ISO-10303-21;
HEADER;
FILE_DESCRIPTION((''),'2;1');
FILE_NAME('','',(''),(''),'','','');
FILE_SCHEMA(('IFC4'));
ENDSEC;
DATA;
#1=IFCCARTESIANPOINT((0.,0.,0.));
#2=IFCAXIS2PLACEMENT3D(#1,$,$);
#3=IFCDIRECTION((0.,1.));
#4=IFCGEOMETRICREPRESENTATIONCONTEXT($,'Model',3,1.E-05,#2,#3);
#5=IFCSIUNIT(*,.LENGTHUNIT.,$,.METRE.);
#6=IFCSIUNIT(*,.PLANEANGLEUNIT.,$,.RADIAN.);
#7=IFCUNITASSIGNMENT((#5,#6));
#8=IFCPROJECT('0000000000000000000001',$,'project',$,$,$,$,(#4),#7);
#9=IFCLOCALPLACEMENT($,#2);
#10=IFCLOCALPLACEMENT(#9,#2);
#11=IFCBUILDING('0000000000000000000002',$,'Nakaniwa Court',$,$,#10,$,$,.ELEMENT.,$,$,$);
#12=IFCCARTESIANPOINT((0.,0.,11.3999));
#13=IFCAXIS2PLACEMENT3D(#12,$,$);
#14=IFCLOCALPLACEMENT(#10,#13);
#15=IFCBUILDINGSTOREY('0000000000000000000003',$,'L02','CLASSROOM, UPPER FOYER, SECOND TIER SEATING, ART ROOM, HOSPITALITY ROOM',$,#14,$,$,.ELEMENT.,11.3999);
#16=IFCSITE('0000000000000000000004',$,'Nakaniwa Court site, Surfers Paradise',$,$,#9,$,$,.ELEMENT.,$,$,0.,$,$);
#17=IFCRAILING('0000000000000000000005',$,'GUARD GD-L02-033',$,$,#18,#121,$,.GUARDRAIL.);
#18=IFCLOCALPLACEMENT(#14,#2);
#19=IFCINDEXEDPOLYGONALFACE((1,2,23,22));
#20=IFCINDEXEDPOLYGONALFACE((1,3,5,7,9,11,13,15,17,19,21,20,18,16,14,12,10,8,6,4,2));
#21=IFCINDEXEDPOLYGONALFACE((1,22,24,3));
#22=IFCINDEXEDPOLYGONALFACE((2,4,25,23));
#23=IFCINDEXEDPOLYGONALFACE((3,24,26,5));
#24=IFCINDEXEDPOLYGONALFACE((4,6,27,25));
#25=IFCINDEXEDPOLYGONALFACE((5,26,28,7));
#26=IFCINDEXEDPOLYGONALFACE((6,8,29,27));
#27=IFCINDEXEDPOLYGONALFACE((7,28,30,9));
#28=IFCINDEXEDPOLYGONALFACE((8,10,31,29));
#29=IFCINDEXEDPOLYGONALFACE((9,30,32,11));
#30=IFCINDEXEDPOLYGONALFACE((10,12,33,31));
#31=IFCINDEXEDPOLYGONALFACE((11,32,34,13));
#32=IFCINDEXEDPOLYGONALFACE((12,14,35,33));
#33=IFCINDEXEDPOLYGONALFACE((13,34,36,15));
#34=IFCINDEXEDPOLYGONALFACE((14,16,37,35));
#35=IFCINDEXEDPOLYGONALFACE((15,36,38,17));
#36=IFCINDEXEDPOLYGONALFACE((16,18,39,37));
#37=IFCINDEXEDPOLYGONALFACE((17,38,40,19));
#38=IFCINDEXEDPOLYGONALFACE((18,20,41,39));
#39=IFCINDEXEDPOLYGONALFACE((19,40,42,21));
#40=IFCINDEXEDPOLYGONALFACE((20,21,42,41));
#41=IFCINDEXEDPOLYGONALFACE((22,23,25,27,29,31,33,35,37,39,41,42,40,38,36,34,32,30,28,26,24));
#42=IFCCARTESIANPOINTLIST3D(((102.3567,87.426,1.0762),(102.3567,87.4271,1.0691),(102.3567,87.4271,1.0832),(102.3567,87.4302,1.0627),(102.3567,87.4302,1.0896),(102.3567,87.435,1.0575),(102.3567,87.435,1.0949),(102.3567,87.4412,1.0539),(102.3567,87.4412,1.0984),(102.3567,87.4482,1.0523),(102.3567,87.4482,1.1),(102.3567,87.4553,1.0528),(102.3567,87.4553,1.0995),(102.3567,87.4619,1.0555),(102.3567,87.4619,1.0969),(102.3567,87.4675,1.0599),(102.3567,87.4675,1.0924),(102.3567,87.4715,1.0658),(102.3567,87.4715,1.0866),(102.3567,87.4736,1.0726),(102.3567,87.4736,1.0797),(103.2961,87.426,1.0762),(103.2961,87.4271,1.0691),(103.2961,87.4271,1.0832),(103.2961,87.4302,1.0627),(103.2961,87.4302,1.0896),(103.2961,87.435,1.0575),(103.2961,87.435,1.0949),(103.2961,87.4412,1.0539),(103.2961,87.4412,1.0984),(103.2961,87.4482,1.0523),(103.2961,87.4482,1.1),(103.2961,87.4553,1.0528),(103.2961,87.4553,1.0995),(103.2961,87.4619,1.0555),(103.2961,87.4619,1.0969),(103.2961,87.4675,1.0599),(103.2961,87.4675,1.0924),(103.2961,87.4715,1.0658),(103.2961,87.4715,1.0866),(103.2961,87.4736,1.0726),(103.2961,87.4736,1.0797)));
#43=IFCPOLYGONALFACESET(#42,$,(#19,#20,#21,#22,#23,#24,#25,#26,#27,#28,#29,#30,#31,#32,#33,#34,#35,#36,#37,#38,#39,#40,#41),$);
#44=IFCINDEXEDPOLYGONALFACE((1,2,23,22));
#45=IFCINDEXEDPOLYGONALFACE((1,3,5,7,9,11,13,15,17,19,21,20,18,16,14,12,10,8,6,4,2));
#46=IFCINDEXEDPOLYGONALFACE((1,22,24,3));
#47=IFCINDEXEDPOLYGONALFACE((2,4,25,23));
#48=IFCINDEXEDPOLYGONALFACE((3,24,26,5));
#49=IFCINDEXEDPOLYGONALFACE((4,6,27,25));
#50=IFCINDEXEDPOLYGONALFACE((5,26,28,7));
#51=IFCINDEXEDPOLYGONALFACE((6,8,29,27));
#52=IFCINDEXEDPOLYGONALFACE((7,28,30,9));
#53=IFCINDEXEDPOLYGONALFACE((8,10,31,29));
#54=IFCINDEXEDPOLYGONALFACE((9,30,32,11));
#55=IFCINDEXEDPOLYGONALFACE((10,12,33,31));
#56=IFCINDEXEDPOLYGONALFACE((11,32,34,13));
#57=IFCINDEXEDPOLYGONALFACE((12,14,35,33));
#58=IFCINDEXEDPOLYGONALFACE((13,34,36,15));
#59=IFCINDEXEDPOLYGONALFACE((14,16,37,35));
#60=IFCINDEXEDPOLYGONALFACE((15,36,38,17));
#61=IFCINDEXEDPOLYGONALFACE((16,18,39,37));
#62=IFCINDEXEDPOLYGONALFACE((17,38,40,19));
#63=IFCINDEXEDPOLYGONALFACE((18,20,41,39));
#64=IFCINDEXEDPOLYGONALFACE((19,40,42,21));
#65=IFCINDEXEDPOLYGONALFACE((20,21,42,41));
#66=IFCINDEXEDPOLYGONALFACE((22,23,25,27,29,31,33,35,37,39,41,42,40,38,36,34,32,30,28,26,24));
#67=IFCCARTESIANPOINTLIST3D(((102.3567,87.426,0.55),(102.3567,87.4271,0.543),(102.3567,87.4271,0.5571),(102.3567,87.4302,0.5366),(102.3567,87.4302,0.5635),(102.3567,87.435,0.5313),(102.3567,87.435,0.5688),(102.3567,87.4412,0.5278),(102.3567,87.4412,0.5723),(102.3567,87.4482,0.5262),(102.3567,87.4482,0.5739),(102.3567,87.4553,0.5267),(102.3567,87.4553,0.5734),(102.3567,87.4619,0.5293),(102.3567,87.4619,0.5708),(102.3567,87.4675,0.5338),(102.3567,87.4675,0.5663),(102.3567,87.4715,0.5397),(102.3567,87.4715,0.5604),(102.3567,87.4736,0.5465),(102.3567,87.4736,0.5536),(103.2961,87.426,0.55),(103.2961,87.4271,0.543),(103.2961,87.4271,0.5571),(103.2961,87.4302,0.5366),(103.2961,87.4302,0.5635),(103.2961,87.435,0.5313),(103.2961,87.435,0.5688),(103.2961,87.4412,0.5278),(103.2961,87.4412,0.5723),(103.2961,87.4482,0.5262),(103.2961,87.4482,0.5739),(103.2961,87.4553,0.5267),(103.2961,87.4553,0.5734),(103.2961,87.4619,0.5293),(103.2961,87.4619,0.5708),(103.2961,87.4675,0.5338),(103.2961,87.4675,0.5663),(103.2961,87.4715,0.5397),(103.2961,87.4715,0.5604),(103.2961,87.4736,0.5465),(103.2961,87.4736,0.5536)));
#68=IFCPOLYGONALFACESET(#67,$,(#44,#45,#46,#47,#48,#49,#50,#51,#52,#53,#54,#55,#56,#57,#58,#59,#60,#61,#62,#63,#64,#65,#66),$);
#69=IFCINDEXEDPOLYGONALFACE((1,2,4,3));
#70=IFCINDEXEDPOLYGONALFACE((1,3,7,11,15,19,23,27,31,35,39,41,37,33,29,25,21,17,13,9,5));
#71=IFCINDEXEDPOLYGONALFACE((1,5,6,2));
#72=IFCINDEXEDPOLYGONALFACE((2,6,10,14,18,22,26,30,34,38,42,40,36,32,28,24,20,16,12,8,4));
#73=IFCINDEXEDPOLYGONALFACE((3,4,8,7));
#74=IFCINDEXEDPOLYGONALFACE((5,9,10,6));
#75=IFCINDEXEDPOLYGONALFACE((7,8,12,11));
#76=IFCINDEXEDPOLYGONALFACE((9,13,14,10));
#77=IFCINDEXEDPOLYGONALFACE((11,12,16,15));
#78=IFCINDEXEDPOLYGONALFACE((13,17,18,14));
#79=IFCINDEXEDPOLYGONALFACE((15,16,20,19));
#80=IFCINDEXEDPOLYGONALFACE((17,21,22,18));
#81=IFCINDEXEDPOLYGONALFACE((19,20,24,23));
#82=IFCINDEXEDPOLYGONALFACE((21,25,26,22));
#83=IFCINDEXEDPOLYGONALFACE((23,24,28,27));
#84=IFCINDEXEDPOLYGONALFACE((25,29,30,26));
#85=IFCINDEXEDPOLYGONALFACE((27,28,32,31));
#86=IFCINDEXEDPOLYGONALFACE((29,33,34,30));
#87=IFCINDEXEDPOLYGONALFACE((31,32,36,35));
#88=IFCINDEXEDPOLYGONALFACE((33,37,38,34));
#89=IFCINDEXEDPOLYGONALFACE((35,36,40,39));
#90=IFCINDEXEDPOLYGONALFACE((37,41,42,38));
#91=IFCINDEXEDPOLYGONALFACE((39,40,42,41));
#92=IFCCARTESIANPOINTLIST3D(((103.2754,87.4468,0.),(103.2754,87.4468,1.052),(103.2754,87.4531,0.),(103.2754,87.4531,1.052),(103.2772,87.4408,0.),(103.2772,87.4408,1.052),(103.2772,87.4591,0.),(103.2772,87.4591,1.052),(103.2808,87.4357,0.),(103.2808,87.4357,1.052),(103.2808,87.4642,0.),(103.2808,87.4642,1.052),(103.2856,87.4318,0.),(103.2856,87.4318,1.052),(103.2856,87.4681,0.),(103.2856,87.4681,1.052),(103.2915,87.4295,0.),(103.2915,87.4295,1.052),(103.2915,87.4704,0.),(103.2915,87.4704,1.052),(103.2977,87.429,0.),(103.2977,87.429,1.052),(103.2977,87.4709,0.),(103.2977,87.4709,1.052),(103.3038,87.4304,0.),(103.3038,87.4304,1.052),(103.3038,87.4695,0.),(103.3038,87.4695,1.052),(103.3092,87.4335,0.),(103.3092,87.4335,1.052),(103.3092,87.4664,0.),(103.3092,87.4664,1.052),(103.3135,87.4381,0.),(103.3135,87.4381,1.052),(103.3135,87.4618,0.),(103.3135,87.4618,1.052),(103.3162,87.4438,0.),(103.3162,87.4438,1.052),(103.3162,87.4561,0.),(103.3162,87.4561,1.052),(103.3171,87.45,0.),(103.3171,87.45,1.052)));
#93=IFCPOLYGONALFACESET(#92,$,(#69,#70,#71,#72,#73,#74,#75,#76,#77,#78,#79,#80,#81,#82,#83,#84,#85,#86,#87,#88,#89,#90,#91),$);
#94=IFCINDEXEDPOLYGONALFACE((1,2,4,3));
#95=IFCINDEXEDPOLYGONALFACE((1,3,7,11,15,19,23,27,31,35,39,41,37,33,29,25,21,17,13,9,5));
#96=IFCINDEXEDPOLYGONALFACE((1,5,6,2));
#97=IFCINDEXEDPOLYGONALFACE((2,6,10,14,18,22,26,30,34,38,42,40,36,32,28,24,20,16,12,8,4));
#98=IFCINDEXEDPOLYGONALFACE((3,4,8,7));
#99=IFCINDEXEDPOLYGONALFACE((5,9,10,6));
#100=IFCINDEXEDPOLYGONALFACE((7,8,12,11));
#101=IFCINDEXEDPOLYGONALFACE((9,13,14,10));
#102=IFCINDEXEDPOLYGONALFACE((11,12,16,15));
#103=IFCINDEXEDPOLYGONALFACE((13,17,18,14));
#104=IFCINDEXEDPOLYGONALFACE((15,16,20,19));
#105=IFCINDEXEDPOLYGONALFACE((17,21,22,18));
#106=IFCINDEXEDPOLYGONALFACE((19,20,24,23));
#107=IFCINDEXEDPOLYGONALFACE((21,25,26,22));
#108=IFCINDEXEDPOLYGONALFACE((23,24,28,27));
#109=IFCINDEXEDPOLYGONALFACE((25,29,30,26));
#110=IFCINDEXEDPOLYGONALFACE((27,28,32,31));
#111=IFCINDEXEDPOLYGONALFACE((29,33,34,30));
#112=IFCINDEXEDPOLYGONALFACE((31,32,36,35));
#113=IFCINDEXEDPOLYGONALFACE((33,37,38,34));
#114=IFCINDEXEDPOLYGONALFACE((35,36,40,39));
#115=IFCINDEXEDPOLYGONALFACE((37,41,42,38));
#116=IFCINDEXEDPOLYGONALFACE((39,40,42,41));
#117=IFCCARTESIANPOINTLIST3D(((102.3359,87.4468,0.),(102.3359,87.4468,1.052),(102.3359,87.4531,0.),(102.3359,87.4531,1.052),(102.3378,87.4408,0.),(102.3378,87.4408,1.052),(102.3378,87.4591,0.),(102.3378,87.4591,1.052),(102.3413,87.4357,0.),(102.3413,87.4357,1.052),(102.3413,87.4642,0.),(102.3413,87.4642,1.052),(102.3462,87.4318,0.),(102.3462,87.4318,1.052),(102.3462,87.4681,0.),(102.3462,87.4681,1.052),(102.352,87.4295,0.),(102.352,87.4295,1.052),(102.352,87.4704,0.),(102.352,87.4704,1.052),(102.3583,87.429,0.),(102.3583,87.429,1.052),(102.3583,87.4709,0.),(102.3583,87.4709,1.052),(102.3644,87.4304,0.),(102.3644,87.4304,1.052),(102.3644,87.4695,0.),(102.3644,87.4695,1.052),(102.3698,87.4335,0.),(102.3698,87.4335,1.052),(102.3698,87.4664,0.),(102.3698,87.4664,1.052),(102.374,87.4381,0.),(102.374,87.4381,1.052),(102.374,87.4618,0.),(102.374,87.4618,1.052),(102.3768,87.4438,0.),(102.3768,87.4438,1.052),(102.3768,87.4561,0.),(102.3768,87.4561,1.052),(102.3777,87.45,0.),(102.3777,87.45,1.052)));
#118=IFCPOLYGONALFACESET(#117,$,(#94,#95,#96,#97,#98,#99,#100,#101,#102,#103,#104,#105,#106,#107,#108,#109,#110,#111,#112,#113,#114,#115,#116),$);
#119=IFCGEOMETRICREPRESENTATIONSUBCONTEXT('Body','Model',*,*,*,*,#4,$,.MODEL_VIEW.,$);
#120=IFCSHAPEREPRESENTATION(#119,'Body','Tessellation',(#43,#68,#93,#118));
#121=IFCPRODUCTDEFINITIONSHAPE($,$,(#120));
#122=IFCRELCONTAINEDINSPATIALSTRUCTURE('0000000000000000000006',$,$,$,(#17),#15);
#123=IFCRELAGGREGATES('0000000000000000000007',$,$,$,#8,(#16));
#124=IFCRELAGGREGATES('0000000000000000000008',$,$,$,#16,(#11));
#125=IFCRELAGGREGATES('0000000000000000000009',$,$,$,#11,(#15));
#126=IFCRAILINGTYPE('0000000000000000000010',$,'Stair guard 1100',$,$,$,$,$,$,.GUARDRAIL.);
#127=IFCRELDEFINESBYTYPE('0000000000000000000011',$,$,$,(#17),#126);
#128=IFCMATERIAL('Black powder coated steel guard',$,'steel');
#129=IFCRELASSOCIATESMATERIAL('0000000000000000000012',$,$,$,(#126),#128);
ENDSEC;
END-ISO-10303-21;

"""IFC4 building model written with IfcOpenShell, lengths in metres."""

from ifc_helpers import new_model, si_unit, direction, frame, origin, origin_2d, place, context, subcontext, project, spatial, circle, extrude, material, type_object, element, save


model = new_model("IFC4")

# Units and contexts
model_context = context("Model", 3, precision=1e-05, world=origin(), true_north=direction((0.0, 1.0)))
body_context = subcontext(model_context, "Body", "Model", "MODEL_VIEW")
ifc_project = project(units=[si_unit("LENGTHUNIT", "METRE"), si_unit("PLANEANGLEUNIT", "RADIAN")], contexts=[model_context])

# Site, building, storey
site_placement = place(None, origin())
site = spatial("IfcSite", under=ifc_project, at=site_placement, Name="Nakaniwa Court site, Surfers Paradise", CompositionType="ELEMENT", RefElevation=0.0)
building_placement = place(site_placement, origin())
building = spatial("IfcBuilding", under=site, at=building_placement, Name="Nakaniwa Court", CompositionType="ELEMENT")
storey_placement = place(building_placement, frame((0.0, 0.0, 11.3999)))
storey = spatial("IfcBuildingStorey", under=building, at=storey_placement, Name="L02", Description="CLASSROOM, UPPER FOYER, SECOND TIER SEATING, ART ROOM, HOSPITALITY ROOM", CompositionType="ELEMENT", Elevation=11.3999)

# Railing
ifc_material_1 = material(Name="Black powder coated steel guard", Category="steel")
railing_type = type_object("IfcRailingType", Name="Stair guard 1100", PredefinedType="GUARDRAIL", material=ifc_material_1)
railing_1_placement = place(storey_placement, frame((103.2961, 87.45, 0.0)))
element("IfcRailing", 1, at=railing_1_placement, inside=storey, type_object=railing_type, Name="GUARD GD-L02-033", PredefinedType="GUARDRAIL", context=body_context, shape_type="SweptSolid", body=[
    extrude(circle(Radius=0.0239, at=origin_2d()), frame((0.0, 0.0, 1.0762), z_axis=(-1.0, 0.0, 0.0), x_axis=(0.0, -1.0, 0.0)), (0.0, 0.0, 1.0), 0.9395),
    extrude(circle(Radius=0.0239, at=origin_2d()), frame((0.0, 0.0, 0.55), z_axis=(-1.0, 0.0, 0.0), x_axis=(0.0, -1.0, 0.0)), (0.0, 0.0, 1.0), 0.9395),
    extrude(circle(Radius=0.021, at=origin_2d()), origin(), (0.0, 0.0, 1.0), 1.052),
    extrude(circle(Radius=0.021, at=origin_2d()), frame((-0.9395, 0.0, 0.0)), (0.0, 0.0, 1.0), 1.052),
])

save(model, "model.ifc")
